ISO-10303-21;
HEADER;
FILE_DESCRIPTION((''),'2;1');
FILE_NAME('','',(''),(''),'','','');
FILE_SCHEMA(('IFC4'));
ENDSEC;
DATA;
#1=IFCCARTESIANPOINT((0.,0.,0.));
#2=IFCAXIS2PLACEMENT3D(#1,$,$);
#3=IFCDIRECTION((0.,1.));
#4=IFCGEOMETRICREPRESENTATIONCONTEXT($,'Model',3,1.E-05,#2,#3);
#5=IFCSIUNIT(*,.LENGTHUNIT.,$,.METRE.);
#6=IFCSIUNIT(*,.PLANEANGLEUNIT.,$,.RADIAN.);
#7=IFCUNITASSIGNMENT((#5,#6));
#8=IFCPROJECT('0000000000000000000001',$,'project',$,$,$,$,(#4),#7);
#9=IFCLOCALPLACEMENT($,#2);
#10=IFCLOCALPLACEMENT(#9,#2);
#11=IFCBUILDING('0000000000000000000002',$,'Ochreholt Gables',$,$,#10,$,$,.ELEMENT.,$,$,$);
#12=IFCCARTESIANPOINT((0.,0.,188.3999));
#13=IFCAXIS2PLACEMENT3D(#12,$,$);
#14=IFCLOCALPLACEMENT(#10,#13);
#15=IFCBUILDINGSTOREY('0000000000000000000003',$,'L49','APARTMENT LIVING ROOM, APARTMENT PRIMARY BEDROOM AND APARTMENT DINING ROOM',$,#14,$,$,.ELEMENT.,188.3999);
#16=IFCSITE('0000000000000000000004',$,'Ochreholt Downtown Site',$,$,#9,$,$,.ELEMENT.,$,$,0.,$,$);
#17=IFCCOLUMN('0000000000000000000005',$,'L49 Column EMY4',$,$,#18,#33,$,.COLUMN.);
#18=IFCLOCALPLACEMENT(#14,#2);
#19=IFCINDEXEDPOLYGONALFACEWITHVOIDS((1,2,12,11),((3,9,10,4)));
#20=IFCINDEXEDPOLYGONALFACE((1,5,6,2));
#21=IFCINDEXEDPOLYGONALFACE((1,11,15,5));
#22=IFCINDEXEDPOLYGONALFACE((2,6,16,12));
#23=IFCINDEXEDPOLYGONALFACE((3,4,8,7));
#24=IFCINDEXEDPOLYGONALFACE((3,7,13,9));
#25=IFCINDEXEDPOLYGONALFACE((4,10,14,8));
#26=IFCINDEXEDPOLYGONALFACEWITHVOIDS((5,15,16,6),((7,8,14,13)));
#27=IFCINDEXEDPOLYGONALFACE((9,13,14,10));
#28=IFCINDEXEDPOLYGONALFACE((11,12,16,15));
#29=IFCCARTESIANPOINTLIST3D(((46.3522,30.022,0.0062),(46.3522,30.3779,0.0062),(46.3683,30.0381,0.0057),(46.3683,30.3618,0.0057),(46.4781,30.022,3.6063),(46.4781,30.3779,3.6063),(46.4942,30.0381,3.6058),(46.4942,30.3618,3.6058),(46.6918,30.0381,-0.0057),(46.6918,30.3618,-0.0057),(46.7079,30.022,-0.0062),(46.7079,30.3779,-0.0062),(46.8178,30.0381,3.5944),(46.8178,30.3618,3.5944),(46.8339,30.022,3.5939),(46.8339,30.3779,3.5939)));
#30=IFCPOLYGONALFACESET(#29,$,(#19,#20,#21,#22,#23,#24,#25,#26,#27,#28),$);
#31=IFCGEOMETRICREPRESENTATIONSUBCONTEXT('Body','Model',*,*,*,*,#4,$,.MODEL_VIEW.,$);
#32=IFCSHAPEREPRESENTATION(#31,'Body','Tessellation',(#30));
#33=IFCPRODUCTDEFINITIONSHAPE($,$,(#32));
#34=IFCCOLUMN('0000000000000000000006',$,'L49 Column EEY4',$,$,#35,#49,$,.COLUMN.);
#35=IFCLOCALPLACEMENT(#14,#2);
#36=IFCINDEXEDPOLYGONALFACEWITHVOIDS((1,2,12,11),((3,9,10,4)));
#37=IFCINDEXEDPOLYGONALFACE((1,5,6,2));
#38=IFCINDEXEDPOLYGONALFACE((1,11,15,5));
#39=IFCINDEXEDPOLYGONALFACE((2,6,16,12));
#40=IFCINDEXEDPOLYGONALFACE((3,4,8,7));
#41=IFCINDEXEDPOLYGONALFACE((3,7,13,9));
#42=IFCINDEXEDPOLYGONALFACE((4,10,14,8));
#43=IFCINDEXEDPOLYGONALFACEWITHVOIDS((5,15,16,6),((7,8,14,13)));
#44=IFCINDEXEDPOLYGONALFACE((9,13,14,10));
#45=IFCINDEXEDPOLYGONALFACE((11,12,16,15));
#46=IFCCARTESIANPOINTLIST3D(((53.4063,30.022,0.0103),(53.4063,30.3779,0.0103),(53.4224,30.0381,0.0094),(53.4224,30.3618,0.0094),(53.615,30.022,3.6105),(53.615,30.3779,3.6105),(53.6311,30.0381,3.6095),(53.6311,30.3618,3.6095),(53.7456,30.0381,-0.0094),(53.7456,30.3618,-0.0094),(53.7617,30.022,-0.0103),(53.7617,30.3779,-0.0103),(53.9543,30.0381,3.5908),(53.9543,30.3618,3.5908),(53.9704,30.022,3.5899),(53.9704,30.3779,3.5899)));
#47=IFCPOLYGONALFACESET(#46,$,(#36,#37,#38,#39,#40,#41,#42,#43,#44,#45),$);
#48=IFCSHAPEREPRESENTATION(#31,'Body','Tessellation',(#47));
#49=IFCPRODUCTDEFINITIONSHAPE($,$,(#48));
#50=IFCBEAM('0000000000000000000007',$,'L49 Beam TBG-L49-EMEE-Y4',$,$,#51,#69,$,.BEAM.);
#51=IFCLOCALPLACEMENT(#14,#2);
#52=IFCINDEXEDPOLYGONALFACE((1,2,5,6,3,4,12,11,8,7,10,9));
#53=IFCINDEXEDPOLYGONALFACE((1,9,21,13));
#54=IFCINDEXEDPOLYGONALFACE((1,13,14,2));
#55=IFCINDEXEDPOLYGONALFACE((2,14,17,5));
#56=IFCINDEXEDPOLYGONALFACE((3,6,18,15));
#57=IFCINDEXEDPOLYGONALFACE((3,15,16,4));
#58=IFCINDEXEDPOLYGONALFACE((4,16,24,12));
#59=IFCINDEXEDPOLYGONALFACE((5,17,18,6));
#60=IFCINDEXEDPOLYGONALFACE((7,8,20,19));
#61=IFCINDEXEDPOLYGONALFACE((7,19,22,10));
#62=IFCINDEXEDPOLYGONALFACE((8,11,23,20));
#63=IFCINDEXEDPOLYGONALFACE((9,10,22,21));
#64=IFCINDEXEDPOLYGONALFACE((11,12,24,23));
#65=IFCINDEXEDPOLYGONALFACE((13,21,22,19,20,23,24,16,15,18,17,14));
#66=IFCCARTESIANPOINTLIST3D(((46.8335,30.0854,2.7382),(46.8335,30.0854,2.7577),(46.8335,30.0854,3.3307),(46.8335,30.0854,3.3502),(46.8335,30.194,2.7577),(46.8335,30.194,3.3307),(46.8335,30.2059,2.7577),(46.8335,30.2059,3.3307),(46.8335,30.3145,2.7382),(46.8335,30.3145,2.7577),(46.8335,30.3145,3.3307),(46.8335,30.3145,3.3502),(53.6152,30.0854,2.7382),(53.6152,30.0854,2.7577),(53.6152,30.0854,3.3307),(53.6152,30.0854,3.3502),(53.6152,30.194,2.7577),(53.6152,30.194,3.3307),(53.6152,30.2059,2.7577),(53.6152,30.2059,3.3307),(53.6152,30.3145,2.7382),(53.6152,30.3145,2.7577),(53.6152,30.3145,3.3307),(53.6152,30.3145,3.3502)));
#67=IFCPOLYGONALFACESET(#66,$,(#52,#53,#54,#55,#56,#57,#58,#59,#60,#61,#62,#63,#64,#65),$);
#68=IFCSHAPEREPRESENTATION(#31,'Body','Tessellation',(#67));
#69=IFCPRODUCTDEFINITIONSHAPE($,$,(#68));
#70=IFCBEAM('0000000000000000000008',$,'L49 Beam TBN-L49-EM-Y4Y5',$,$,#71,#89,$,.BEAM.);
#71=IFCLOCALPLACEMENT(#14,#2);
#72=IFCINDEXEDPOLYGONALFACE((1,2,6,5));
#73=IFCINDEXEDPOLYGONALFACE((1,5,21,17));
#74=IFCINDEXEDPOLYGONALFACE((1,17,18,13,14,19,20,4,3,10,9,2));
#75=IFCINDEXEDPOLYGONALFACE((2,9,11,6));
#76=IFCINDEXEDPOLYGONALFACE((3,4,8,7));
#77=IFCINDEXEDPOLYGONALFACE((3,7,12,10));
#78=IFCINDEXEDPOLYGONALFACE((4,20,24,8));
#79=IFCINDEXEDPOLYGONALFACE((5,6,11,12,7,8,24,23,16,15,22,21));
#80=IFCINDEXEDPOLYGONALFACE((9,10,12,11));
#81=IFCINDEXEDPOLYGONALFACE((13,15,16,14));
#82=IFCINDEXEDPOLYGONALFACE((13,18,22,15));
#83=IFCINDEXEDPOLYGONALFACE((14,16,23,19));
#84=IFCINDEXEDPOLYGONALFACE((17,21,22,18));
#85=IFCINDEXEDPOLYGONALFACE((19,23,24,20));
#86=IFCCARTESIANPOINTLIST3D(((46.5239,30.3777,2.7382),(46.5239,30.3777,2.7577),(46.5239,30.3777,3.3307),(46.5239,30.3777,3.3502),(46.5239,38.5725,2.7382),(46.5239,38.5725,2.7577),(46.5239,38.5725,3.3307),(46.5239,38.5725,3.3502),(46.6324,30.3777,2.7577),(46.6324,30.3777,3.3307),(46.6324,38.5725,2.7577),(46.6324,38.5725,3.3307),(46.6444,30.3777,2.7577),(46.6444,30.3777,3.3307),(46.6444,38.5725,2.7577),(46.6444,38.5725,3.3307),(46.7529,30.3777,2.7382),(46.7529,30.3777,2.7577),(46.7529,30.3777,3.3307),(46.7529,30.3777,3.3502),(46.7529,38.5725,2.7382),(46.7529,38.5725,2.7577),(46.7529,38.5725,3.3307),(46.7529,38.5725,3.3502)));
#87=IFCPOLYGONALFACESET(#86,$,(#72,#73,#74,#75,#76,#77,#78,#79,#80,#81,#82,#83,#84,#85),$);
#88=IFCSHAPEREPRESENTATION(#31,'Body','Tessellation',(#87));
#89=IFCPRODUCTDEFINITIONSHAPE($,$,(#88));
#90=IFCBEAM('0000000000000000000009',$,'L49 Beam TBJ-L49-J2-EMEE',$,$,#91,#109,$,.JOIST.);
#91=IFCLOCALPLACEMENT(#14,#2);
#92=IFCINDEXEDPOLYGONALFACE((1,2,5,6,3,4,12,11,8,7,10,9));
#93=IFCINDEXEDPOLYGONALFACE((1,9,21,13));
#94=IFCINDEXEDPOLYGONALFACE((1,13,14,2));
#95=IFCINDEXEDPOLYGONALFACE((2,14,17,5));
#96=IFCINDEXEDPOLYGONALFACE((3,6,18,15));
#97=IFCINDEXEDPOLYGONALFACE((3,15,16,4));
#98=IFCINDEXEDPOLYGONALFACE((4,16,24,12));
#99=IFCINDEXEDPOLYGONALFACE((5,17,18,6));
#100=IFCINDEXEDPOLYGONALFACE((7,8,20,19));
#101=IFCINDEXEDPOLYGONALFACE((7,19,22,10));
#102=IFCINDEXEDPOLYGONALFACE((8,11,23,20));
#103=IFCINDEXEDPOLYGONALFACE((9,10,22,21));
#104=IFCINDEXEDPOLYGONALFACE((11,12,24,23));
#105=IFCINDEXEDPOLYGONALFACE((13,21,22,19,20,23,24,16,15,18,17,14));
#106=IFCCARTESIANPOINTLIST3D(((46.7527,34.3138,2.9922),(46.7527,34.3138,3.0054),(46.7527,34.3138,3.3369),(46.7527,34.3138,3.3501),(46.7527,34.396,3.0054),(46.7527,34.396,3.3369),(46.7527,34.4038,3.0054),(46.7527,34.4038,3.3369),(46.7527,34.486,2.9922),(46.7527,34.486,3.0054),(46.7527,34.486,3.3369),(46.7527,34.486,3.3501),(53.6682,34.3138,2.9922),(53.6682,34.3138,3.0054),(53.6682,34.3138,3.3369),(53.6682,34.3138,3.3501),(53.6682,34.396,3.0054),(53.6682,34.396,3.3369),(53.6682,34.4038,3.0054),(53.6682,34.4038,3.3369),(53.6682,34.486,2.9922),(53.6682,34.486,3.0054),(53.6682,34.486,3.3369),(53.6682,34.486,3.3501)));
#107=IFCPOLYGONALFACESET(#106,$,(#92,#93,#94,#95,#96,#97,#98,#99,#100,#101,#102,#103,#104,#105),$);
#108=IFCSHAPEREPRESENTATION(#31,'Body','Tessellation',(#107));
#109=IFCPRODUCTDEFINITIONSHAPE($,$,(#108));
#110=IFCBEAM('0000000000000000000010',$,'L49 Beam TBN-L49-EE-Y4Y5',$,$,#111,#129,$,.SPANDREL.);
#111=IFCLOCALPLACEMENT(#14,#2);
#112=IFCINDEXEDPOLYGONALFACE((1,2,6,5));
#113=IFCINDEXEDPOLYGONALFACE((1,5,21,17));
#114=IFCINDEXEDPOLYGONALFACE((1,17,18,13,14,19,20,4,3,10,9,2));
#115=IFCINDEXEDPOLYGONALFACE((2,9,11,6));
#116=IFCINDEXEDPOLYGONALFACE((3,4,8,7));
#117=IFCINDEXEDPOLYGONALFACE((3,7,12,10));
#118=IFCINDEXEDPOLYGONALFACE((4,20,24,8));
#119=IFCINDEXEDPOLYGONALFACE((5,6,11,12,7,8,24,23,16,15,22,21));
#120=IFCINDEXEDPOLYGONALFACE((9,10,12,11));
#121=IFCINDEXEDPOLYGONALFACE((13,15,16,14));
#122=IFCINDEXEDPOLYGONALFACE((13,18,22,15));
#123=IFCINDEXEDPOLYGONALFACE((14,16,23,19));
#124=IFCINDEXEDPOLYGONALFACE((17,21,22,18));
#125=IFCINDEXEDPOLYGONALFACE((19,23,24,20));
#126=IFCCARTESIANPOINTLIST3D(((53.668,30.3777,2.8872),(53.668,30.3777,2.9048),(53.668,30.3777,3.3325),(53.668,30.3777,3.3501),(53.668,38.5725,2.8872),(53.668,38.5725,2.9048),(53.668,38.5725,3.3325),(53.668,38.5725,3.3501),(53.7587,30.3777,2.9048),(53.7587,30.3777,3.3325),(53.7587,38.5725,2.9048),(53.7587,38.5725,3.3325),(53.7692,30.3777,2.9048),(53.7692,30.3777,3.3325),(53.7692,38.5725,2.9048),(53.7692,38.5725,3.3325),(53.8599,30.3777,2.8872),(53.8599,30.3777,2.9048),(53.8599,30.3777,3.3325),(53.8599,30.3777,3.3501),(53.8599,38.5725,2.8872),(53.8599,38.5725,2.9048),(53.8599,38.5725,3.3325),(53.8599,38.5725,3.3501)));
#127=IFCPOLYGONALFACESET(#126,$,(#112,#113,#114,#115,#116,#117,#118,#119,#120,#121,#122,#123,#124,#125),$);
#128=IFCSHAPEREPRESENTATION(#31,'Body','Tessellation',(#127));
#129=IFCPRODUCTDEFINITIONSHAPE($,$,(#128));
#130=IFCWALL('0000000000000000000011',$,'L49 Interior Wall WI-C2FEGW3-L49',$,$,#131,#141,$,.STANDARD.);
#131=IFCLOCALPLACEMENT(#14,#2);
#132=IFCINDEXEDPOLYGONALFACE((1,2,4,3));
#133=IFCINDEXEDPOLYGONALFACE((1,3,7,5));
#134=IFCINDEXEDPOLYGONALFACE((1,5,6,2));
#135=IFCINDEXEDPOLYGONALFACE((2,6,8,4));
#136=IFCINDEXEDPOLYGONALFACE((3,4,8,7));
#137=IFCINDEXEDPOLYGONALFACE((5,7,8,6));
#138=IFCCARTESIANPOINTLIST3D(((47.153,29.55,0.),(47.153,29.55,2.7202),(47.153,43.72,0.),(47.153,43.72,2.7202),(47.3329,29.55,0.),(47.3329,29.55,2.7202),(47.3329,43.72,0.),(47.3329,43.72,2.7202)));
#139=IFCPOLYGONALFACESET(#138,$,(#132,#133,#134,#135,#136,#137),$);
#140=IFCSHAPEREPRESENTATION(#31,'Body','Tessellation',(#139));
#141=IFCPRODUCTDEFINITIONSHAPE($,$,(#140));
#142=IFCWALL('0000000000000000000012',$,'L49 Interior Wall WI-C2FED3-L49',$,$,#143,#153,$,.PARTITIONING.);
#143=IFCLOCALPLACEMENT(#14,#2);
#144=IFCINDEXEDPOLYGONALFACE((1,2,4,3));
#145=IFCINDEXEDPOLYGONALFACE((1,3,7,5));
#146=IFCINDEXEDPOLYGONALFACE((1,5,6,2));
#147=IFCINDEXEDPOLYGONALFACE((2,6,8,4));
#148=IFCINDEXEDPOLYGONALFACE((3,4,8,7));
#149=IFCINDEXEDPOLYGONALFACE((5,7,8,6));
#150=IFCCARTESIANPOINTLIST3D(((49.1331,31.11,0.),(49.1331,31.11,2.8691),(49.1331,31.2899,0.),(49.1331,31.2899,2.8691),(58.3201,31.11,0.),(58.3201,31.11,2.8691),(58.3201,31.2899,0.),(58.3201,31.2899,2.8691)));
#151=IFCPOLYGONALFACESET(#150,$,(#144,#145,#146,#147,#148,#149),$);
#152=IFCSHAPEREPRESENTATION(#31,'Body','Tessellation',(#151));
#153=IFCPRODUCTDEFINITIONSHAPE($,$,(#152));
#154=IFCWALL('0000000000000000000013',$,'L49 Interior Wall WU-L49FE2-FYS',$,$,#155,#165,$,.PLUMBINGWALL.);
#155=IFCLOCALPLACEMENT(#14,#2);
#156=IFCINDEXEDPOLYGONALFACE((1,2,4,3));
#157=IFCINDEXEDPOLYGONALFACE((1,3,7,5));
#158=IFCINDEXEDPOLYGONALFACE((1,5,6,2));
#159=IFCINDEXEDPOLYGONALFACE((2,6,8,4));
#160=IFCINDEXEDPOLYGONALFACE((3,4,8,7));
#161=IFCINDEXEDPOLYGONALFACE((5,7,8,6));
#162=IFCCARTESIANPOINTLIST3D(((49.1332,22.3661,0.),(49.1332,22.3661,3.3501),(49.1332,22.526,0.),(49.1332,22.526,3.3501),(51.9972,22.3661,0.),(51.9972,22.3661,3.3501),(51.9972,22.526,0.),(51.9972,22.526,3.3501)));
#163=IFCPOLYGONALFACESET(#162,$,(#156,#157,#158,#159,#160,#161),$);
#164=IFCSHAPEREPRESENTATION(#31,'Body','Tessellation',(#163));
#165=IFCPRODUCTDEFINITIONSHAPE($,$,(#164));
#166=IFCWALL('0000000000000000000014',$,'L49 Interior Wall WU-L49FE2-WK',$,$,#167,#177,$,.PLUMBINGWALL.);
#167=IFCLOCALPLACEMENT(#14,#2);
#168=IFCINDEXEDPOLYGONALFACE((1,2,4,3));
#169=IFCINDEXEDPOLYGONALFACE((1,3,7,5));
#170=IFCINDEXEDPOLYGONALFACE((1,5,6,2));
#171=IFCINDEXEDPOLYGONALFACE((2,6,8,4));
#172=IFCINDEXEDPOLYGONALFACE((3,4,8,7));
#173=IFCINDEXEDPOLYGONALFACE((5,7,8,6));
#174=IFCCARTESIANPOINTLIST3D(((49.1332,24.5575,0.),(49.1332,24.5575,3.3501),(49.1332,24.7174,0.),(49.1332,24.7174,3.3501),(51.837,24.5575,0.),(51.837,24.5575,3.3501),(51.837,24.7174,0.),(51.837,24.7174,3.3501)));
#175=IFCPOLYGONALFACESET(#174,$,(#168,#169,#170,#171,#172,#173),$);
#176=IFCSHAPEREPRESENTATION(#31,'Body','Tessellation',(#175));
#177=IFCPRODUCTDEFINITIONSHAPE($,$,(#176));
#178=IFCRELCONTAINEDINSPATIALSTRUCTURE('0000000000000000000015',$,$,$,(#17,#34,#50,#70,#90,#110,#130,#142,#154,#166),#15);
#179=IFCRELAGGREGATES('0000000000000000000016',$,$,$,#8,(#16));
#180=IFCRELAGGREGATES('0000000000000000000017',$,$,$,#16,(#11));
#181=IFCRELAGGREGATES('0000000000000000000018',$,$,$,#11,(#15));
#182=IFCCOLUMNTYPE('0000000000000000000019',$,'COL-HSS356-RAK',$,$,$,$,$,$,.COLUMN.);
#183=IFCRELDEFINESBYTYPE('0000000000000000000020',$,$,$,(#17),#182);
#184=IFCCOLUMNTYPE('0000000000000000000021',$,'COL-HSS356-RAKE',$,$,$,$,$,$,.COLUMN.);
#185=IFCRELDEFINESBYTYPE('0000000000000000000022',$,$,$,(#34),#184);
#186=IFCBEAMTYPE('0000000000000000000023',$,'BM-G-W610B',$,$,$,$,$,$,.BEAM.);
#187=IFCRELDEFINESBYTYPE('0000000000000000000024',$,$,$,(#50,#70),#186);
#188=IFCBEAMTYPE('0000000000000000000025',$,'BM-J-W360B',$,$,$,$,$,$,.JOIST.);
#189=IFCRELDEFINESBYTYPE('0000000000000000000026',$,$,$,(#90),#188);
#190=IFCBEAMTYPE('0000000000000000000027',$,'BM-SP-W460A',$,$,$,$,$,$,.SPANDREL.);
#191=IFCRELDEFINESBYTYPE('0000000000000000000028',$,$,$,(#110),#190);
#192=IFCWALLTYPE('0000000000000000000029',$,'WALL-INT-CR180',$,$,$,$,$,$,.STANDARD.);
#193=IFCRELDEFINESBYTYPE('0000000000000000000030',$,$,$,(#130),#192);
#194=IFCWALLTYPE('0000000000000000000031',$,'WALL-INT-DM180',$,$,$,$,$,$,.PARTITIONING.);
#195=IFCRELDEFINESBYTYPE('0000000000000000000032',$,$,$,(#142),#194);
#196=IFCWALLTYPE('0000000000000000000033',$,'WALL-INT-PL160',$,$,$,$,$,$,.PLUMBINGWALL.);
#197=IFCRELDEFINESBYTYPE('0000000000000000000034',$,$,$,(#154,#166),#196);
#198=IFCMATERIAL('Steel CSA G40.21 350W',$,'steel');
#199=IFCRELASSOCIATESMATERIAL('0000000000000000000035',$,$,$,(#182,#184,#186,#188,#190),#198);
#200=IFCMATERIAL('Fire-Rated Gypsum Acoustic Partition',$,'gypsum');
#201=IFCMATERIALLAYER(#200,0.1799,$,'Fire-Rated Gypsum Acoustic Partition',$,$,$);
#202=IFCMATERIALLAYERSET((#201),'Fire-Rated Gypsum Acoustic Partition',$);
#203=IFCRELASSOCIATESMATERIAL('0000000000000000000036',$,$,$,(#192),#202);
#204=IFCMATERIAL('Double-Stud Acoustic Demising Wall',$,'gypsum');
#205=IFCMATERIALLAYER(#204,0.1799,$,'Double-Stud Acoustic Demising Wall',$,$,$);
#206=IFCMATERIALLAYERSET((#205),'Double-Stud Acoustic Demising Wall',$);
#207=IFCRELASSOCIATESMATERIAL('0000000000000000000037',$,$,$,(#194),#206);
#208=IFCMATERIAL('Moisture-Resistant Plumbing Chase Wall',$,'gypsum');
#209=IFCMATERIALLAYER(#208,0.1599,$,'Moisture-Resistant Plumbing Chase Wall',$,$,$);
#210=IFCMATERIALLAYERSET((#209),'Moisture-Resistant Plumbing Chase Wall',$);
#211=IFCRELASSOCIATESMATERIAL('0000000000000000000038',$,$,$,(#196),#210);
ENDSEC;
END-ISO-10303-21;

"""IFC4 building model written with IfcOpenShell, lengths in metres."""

from ifc_helpers import new_model, si_unit, direction, frame, frame_2d, origin, origin_2d, place, context, subcontext, project, spatial, rectangle, hollow_rectangle, i_section, extrude, material, layer, layer_set, material_profile, profile_set, type_object, element, save


model = new_model("IFC4")

# Units and contexts
model_context = context("Model", 3, precision=1e-05, world=origin(), true_north=direction((0.0, 1.0)))
body_context = subcontext(model_context, "Body", "Model", "MODEL_VIEW")
ifc_project = project(units=[si_unit("LENGTHUNIT", "METRE"), si_unit("PLANEANGLEUNIT", "RADIAN")], contexts=[model_context])

# Site, building, storey
site_placement = place(None, origin())
site = spatial("IfcSite", under=ifc_project, at=site_placement, Name="Ochreholt Downtown Site", CompositionType="ELEMENT", RefElevation=0.0)
building_placement = place(site_placement, origin())
building = spatial("IfcBuilding", under=site, at=building_placement, Name="Ochreholt Gables", CompositionType="ELEMENT")
storey_placement = place(building_placement, frame((0.0, 0.0, 188.3999)))
storey = spatial("IfcBuildingStorey", under=building, at=storey_placement, Name="L49", Description="APARTMENT LIVING ROOM, APARTMENT PRIMARY BEDROOM AND APARTMENT DINING ROOM", CompositionType="ELEMENT", Elevation=188.3999)

# Columns
ifc_material_1 = material(Name="Steel CSA G40.21 350W", Category="steel")
ifc_material_profile_1 = material_profile(ifc_material_1, hollow_rectangle(XDim=0.356, YDim=0.356, WallThickness=0.0161, at=origin_2d()), Name="HSS356X356X16")
ifc_profile_set_1 = profile_set([ifc_material_profile_1], Name="Steel CSA G40.21 350W")
column_type_1 = type_object("IfcColumnType", Name="COL-HSS356-RAK", PredefinedType="COLUMN", material=ifc_profile_set_1)
column_1_placement = place(storey_placement, frame((46.53, 30.2, 0.0), z_axis=(0.034971, 0.0, 0.999388), x_axis=(0.0, 1.0, 0.0)))
element("IfcColumn", 1, at=column_1_placement, inside=storey, type_object=column_type_1, Name="L49 Column EMY4", PredefinedType="COLUMN", context=body_context, shape_type="SweptSolid", body=[
    extrude(hollow_rectangle(XDim=0.356, YDim=0.356, WallThickness=0.0161, at=origin_2d()), origin(), (0.0, 0.0, 1.0), 3.6023),
])
ifc_material_profile_2 = material_profile(ifc_material_1, hollow_rectangle(XDim=0.356, YDim=0.356, WallThickness=0.0161, at=origin_2d()), Name="HSS356X356X16")
ifc_profile_set_2 = profile_set([ifc_material_profile_2], Name="Steel CSA G40.21 350W")
column_type_2 = type_object("IfcColumnType", Name="COL-HSS356-RAKE", PredefinedType="COLUMN", material=ifc_profile_set_2)
column_2_placement = place(storey_placement, frame((53.584, 30.2, 0.0), z_axis=(0.057885, 0.0, 0.998323), x_axis=(0.0, 1.0, 0.0)))
element("IfcColumn", 2, at=column_2_placement, inside=storey, type_object=column_type_2, Name="L49 Column EEY4", PredefinedType="COLUMN", context=body_context, shape_type="SweptSolid", body=[
    extrude(hollow_rectangle(XDim=0.356, YDim=0.356, WallThickness=0.0161, at=origin_2d()), origin(), (0.0, 0.0, 1.0), 3.6062),
])

# Beams
ifc_material_profile_3 = material_profile(ifc_material_1, i_section(OverallWidth=0.229, OverallDepth=0.6121, WebThickness=0.012, FlangeThickness=0.0195, at=origin_2d()), Name="W610X125")
ifc_profile_set_3 = profile_set([ifc_material_profile_3], Name="Steel CSA G40.21 350W")
beam_type_1 = type_object("IfcBeamType", Name="BM-G-W610B", PredefinedType="BEAM", material=ifc_profile_set_3)
beam_1_placement = place(storey_placement, frame((46.8335, 30.2, 3.0442), z_axis=(1.0, 0.0, 0.0), x_axis=(0.0, 1.0, 0.0)))
element("IfcBeam", 3, at=beam_1_placement, inside=storey, type_object=beam_type_1, Name="L49 Beam TBG-L49-EMEE-Y4", PredefinedType="BEAM", context=body_context, shape_type="SweptSolid", body=[
    extrude(i_section(OverallWidth=0.229, OverallDepth=0.6121, WebThickness=0.012, FlangeThickness=0.0195, at=origin_2d()), origin(), (0.0, 0.0, 1.0), 6.7817),
])
beam_2_placement = place(storey_placement, frame((46.6384, 30.3777, 3.0442), z_axis=(0.0, 1.0, 0.0), x_axis=(-1.0, 0.0, 0.0)))
element("IfcBeam", 4, at=beam_2_placement, inside=storey, type_object=beam_type_1, Name="L49 Beam TBN-L49-EM-Y4Y5", PredefinedType="BEAM", context=body_context, shape_type="SweptSolid", body=[
    extrude(i_section(OverallWidth=0.229, OverallDepth=0.6121, WebThickness=0.012, FlangeThickness=0.0195, at=origin_2d()), origin(), (0.0, 0.0, 1.0), 8.1948),
])
ifc_material_profile_4 = material_profile(ifc_material_1, i_section(OverallWidth=0.1721, OverallDepth=0.3579, WebThickness=0.0078, FlangeThickness=0.0132, at=origin_2d()), Name="W360X57")
ifc_profile_set_4 = profile_set([ifc_material_profile_4], Name="Steel CSA G40.21 350W")
beam_type_2 = type_object("IfcBeamType", Name="BM-J-W360B", PredefinedType="JOIST", material=ifc_profile_set_4)
beam_3_placement = place(storey_placement, frame((46.7527, 34.3999, 3.1711), z_axis=(1.0, 0.0, 0.0), x_axis=(0.0, 1.0, 0.0)))
element("IfcBeam", 5, at=beam_3_placement, inside=storey, type_object=beam_type_2, Name="L49 Beam TBJ-L49-J2-EMEE", PredefinedType="JOIST", context=body_context, shape_type="SweptSolid", body=[
    extrude(i_section(OverallWidth=0.1721, OverallDepth=0.3579, WebThickness=0.0078, FlangeThickness=0.0132, at=origin_2d()), origin(), (0.0, 0.0, 1.0), 6.9155),
])
ifc_material_profile_5 = material_profile(ifc_material_1, i_section(OverallWidth=0.1919, OverallDepth=0.4629, WebThickness=0.0105, FlangeThickness=0.0176, at=origin_2d()), Name="W460X89")
ifc_profile_set_5 = profile_set([ifc_material_profile_5], Name="Steel CSA G40.21 350W")
beam_type_3 = type_object("IfcBeamType", Name="BM-SP-W460A", PredefinedType="SPANDREL", material=ifc_profile_set_5)
beam_4_placement = place(storey_placement, frame((53.7639, 30.3777, 3.1187), z_axis=(0.0, 1.0, 0.0), x_axis=(-1.0, 0.0, 0.0)))
element("IfcBeam", 6, at=beam_4_placement, inside=storey, type_object=beam_type_3, Name="L49 Beam TBN-L49-EE-Y4Y5", PredefinedType="SPANDREL", context=body_context, shape_type="SweptSolid", body=[
    extrude(i_section(OverallWidth=0.1919, OverallDepth=0.4629, WebThickness=0.0105, FlangeThickness=0.0176, at=origin_2d()), origin(), (0.0, 0.0, 1.0), 8.1948),
])

# Walls
ifc_material_2 = material(Name="Fire-Rated Gypsum Acoustic Partition", Category="gypsum")
ifc_layer_1 = layer(ifc_material_2, 0.1799, Name="Fire-Rated Gypsum Acoustic Partition")
ifc_layer_set_1 = layer_set([ifc_layer_1], Name="Fire-Rated Gypsum Acoustic Partition")
wall_type_1 = type_object("IfcWallType", Name="WALL-INT-CR180", PredefinedType="STANDARD", material=ifc_layer_set_1)
wall_1_placement = place(storey_placement, frame((47.2429, 29.55, 0.0), z_axis=(0.0, 0.0, 1.0), x_axis=(0.0, 1.0, 0.0)))
element("IfcWall", 7, at=wall_1_placement, inside=storey, type_object=wall_type_1, Name="L49 Interior Wall WI-C2FEGW3-L49", PredefinedType="STANDARD", context=body_context, shape_type="SweptSolid", body=[
    extrude(rectangle(XDim=14.1699, YDim=0.1799, at=frame_2d((7.085, 0.0))), origin(), (0.0, 0.0, 1.0), 2.7202),
])
ifc_material_3 = material(Name="Double-Stud Acoustic Demising Wall", Category="gypsum")
ifc_layer_2 = layer(ifc_material_3, 0.1799, Name="Double-Stud Acoustic Demising Wall")
ifc_layer_set_2 = layer_set([ifc_layer_2], Name="Double-Stud Acoustic Demising Wall")
wall_type_2 = type_object("IfcWallType", Name="WALL-INT-DM180", PredefinedType="PARTITIONING", material=ifc_layer_set_2)
wall_2_placement = place(storey_placement, frame((49.1331, 31.2, 0.0), z_axis=(0.0, 0.0, 1.0), x_axis=(1.0, 0.0, 0.0)))
element("IfcWall", 8, at=wall_2_placement, inside=storey, type_object=wall_type_2, Name="L49 Interior Wall WI-C2FED3-L49", PredefinedType="PARTITIONING", context=body_context, shape_type="SweptSolid", body=[
    extrude(rectangle(XDim=9.187, YDim=0.1799, at=frame_2d((4.5935, 0.0))), origin(), (0.0, 0.0, 1.0), 2.8691),
])
ifc_material_4 = material(Name="Moisture-Resistant Plumbing Chase Wall", Category="gypsum")
ifc_layer_3 = layer(ifc_material_4, 0.1599, Name="Moisture-Resistant Plumbing Chase Wall")
ifc_layer_set_3 = layer_set([ifc_layer_3], Name="Moisture-Resistant Plumbing Chase Wall")
wall_type_3 = type_object("IfcWallType", Name="WALL-INT-PL160", PredefinedType="PLUMBINGWALL", material=ifc_layer_set_3)
wall_3_placement = place(storey_placement, frame((49.1331, 22.446, 0.0), z_axis=(0.0, 0.0, 1.0), x_axis=(1.0, 0.0, 0.0)))
element("IfcWall", 9, at=wall_3_placement, inside=storey, type_object=wall_type_3, Name="L49 Interior Wall WU-L49FE2-FYS", PredefinedType="PLUMBINGWALL", context=body_context, shape_type="SweptSolid", body=[
    extrude(rectangle(XDim=2.864, YDim=0.1599, at=frame_2d((1.4321, 0.0))), origin(), (0.0, 0.0, 1.0), 3.3501),
])

# Wall
wall_4_placement = place(storey_placement, frame((49.1331, 24.6375, 0.0), z_axis=(0.0, 0.0, 1.0), x_axis=(1.0, 0.0, 0.0)))
element("IfcWall", 10, at=wall_4_placement, inside=storey, type_object=wall_type_3, Name="L49 Interior Wall WU-L49FE2-WK", PredefinedType="PLUMBINGWALL", context=body_context, shape_type="SweptSolid", body=[
    extrude(rectangle(XDim=2.7039, YDim=0.1599, at=frame_2d((1.3521, 0.0))), origin(), (0.0, 0.0, 1.0), 3.3501),
])

save(model, "model.ifc")
